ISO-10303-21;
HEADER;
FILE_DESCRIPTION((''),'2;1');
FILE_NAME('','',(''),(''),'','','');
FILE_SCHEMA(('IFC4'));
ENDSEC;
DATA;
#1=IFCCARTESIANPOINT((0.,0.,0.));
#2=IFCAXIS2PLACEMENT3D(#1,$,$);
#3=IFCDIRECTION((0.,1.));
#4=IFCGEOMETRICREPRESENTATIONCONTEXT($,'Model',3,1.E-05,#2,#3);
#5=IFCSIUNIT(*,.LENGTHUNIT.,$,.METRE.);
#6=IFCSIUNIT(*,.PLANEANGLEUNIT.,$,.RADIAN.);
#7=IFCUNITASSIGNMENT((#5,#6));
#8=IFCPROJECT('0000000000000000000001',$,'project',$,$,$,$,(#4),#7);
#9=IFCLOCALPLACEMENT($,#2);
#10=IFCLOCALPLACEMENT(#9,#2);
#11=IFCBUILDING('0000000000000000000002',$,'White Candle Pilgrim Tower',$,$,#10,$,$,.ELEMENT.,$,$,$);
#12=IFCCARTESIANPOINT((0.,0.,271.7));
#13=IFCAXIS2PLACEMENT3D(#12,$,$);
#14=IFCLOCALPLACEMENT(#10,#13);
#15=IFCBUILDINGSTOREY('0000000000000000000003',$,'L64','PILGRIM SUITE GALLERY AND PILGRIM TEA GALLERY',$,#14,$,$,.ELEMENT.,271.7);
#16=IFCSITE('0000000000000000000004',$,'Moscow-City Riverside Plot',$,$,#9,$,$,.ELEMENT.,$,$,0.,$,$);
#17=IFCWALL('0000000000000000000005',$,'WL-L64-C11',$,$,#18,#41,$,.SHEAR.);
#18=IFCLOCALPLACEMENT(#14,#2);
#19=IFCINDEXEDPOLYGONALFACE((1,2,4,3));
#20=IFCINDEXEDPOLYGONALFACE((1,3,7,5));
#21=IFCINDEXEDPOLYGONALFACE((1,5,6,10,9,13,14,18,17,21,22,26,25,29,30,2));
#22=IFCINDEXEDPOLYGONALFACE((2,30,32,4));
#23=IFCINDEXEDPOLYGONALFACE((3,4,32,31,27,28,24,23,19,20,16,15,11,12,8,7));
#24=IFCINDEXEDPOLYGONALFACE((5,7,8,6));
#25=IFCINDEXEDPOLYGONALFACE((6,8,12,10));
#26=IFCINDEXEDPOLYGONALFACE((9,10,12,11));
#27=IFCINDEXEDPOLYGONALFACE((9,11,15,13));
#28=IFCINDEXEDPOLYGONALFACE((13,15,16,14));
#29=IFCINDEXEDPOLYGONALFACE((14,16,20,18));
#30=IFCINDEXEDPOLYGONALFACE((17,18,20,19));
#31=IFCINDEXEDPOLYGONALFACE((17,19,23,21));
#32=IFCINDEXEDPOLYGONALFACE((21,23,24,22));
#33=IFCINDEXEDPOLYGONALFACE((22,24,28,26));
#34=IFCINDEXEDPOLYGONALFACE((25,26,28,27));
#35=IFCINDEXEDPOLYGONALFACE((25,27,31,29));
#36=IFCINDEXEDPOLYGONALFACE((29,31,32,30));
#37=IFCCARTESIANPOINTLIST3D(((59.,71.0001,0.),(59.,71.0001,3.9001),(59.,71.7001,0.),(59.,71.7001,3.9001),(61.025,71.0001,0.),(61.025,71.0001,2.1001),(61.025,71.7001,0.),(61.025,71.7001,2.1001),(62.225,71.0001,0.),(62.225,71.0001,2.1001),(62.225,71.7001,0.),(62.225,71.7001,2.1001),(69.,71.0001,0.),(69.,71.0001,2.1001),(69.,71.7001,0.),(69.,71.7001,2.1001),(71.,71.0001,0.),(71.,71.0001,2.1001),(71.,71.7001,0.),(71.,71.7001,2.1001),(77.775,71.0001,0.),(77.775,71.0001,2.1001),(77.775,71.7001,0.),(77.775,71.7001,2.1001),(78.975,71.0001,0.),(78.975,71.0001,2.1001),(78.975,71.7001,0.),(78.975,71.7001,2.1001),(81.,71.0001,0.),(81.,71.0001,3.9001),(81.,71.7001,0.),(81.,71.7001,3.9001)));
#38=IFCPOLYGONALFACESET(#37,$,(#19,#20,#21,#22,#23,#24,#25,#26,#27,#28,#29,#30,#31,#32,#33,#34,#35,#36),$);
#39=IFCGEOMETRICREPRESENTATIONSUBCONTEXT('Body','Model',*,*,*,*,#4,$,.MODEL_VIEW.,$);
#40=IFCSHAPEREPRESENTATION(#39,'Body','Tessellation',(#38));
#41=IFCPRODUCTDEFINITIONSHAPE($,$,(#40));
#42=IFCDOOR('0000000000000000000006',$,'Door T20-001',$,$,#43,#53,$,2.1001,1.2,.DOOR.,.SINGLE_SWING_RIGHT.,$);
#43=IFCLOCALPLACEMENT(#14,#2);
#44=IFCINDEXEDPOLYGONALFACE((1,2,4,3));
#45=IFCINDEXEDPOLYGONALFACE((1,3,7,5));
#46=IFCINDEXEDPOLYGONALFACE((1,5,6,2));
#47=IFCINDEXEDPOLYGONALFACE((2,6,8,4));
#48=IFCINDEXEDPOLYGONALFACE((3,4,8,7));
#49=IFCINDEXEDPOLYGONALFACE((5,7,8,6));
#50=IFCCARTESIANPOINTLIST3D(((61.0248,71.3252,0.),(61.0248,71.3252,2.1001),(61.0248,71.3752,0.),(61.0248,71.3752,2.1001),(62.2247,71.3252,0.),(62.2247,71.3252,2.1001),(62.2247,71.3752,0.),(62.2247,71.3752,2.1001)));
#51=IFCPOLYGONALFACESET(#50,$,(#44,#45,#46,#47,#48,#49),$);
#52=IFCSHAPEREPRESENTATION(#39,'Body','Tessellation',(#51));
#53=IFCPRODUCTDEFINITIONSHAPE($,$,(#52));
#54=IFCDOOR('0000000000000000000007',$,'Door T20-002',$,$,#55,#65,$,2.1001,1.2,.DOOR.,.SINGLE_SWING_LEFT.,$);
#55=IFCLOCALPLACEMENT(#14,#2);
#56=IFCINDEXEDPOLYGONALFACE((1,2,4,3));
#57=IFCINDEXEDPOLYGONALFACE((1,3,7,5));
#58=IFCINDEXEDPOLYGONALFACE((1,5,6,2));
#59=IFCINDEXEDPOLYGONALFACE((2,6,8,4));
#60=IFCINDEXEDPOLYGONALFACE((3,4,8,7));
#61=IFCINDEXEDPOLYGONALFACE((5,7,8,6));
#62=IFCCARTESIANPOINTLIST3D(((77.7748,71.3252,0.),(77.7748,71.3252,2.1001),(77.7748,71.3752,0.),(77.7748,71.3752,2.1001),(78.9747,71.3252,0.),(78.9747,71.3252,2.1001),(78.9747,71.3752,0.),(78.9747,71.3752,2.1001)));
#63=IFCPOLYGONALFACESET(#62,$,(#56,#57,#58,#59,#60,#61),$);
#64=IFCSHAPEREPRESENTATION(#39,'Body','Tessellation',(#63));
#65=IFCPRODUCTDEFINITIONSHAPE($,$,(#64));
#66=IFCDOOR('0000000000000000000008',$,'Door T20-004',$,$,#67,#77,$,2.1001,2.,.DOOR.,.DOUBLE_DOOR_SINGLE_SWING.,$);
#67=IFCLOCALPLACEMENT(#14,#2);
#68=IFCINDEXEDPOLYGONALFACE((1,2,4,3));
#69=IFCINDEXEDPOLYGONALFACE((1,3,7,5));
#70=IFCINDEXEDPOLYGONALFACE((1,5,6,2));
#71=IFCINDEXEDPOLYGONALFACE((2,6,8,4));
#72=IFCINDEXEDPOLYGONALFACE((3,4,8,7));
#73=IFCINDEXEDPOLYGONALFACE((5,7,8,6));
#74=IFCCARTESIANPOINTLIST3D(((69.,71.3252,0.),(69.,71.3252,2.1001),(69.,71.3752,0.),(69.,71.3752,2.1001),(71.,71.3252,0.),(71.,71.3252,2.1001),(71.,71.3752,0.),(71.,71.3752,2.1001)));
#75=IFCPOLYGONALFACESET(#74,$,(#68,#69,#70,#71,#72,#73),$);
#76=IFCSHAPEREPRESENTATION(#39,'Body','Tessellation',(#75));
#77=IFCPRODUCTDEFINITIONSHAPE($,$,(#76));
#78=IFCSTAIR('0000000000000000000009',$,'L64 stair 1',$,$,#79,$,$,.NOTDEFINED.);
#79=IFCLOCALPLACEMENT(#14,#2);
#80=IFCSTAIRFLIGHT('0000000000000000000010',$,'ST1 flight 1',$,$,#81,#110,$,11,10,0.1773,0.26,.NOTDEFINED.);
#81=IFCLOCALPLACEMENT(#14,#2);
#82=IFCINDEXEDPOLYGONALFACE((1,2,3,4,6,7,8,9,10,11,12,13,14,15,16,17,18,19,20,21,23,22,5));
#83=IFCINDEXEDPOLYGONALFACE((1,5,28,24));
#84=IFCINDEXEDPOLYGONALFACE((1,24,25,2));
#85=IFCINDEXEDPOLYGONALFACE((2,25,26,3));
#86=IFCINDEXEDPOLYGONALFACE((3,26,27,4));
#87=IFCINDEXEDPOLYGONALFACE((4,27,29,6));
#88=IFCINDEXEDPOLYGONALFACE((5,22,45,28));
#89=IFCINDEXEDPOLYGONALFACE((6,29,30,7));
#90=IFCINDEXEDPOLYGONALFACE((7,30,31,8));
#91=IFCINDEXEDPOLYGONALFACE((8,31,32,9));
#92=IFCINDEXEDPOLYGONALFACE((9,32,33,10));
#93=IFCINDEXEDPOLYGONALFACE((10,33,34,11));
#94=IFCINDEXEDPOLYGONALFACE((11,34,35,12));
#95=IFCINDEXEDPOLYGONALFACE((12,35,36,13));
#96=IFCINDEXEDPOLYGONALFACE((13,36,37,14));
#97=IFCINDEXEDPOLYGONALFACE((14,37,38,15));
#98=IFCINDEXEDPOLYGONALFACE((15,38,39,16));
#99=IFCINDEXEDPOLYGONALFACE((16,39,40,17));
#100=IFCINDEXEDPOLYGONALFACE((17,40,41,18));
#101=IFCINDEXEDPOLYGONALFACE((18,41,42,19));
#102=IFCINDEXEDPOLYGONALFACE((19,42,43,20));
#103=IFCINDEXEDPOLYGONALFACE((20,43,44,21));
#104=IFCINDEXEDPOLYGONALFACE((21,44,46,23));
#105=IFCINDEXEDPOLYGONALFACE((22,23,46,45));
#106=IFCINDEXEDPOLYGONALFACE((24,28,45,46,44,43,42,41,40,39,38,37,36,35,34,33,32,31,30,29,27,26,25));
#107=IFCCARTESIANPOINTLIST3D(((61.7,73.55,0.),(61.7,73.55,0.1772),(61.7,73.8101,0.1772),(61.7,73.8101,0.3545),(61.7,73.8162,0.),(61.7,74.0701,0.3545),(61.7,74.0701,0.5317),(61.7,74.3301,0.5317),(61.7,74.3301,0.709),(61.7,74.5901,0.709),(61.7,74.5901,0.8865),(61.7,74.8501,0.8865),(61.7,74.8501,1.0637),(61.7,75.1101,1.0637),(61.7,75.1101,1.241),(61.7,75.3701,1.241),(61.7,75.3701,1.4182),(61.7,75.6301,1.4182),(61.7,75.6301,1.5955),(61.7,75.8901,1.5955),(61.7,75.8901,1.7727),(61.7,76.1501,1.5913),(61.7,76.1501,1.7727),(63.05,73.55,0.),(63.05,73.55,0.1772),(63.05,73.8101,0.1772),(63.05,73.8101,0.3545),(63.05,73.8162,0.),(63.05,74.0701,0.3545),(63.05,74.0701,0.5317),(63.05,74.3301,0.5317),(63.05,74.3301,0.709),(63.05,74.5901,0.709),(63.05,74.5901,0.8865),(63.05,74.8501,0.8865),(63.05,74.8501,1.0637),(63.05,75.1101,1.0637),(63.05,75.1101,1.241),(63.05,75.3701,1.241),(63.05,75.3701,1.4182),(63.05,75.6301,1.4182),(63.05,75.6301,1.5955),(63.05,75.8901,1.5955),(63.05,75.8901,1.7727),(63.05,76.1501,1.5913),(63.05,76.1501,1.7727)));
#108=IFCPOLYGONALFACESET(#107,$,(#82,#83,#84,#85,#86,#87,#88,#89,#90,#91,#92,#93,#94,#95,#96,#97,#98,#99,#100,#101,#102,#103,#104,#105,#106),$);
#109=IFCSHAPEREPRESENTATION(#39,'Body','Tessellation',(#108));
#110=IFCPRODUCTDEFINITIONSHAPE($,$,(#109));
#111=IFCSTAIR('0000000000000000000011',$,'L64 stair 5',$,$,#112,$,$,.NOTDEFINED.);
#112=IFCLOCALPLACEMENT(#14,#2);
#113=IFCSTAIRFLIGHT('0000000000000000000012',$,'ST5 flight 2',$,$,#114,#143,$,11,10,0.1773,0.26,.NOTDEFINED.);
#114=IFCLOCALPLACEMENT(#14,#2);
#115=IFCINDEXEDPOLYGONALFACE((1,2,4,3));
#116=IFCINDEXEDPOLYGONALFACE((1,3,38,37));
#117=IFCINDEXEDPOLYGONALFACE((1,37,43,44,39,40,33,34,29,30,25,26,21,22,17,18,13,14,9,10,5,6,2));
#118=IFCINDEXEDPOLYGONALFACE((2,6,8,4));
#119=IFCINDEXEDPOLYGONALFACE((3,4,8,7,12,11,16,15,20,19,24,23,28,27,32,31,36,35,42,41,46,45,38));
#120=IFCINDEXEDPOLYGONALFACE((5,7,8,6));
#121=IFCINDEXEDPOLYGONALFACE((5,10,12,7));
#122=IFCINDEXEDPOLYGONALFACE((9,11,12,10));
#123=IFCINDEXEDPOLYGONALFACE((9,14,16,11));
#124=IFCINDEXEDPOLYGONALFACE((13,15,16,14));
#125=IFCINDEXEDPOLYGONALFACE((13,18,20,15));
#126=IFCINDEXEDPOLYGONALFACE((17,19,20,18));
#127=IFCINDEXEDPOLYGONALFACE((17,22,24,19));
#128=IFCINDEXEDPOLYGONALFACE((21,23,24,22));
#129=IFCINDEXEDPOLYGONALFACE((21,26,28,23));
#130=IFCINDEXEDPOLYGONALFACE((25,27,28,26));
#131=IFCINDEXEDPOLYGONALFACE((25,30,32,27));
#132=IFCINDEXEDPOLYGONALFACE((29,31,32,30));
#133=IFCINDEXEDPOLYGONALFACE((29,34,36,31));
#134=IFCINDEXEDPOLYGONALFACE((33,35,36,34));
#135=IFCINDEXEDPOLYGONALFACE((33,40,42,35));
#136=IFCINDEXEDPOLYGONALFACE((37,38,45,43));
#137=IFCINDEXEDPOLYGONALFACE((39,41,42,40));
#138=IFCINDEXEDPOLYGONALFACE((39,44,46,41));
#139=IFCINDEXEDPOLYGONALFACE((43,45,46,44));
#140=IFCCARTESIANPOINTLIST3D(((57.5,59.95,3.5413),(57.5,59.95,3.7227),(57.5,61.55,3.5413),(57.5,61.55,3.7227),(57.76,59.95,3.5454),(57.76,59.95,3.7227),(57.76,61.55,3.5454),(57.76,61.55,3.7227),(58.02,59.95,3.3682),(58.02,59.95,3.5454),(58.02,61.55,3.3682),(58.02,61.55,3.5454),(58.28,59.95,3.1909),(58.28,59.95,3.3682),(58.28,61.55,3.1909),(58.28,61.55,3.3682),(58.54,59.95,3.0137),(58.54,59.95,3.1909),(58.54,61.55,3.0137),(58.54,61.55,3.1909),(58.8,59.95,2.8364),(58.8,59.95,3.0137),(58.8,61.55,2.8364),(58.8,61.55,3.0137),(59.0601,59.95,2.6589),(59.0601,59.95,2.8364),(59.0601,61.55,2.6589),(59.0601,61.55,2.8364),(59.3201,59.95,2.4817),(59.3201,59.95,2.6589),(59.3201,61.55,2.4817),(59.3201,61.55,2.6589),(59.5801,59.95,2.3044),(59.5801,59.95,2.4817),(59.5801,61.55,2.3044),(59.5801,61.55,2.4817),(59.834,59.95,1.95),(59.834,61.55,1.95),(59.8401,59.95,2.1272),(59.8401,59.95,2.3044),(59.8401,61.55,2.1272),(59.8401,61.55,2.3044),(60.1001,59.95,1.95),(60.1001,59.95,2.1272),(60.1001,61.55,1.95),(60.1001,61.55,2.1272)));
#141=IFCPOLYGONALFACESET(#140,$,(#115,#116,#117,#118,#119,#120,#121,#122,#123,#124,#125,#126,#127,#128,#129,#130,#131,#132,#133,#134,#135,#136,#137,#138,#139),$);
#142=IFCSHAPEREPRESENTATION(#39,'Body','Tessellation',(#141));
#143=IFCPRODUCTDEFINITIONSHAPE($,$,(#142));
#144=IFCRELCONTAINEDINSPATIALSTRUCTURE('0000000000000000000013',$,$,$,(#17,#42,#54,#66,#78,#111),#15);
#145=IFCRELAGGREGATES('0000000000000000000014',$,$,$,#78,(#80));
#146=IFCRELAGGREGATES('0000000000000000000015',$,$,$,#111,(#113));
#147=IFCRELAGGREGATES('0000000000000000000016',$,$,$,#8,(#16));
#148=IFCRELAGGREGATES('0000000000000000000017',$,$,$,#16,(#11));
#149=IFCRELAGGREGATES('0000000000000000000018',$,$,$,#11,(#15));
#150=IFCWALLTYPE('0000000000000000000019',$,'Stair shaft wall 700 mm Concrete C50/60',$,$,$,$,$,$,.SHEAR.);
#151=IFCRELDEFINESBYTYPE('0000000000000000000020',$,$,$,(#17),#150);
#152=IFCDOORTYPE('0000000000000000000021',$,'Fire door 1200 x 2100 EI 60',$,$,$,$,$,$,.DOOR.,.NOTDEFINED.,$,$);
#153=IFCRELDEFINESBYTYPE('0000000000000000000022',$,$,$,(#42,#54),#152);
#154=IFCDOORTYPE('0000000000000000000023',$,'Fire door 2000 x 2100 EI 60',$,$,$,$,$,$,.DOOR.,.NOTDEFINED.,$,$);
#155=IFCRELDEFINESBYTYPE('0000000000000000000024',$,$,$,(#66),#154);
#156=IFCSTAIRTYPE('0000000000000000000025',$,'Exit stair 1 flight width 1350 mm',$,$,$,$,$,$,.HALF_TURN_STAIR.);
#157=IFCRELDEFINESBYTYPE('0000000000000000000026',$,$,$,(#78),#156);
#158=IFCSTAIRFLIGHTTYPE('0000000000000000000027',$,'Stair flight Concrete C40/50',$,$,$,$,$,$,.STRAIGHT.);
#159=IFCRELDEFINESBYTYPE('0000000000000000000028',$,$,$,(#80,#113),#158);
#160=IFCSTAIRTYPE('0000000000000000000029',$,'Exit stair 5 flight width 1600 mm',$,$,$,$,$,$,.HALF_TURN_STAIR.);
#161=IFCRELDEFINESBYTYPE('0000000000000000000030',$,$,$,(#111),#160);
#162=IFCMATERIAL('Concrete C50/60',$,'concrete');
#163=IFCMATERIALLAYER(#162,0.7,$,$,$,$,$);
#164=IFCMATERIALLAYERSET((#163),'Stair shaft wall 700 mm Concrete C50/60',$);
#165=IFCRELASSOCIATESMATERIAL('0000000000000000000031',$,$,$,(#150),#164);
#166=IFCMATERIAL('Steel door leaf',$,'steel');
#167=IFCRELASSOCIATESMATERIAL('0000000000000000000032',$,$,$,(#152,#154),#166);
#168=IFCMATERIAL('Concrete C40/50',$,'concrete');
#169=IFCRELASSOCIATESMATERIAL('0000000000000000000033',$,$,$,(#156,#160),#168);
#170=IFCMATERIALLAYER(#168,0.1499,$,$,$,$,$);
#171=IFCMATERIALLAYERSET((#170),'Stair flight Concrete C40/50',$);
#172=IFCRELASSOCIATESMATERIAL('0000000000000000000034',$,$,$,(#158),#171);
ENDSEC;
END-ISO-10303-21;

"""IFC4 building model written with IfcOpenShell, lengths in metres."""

from ifc_helpers import new_model, si_unit, direction, frame, frame_2d, origin, place, context, subcontext, project, spatial, polyline, rectangle, outline, extrude, material, layer, layer_set, type_object, element, fill, aggregate, save


model = new_model("IFC4")

# Units and contexts
model_context = context("Model", 3, precision=1e-05, world=origin(), true_north=direction((0.0, 1.0)))
body_context = subcontext(model_context, "Body", "Model", "MODEL_VIEW")
ifc_project = project(units=[si_unit("LENGTHUNIT", "METRE"), si_unit("PLANEANGLEUNIT", "RADIAN")], contexts=[model_context])

# Site, building, storey
site_placement = place(None, origin())
site = spatial("IfcSite", under=ifc_project, at=site_placement, Name="Moscow-City Riverside Plot", CompositionType="ELEMENT", RefElevation=0.0)
building_placement = place(site_placement, origin())
building = spatial("IfcBuilding", under=site, at=building_placement, Name="White Candle Pilgrim Tower", CompositionType="ELEMENT")
storey_placement = place(building_placement, frame((0.0, 0.0, 271.7)))
storey = spatial("IfcBuildingStorey", under=building, at=storey_placement, Name="L64", Description="PILGRIM SUITE GALLERY AND PILGRIM TEA GALLERY", CompositionType="ELEMENT", Elevation=271.7)

# Shared definitions
ifc_material_1 = material(Name="Steel door leaf", Category="steel")

# Shared definitions
ifc_material_2 = material(Name="Concrete C50/60", Category="concrete")

# Wall, openings, doors
ifc_layer_1 = layer(ifc_material_2, 0.7)
ifc_layer_set_1 = layer_set([ifc_layer_1], Name="Stair shaft wall 700 mm Concrete C50/60")
wall_type_1 = type_object("IfcWallType", Name="Stair shaft wall 700 mm Concrete C50/60", PredefinedType="SHEAR", material=ifc_layer_set_1)
wall_1_placement = place(storey_placement, frame((59.0, 71.3501, 0.0), z_axis=(0.0, 0.0, 1.0), x_axis=(1.0, 0.0, 0.0)))
wall_1 = element("IfcWall", 1, at=wall_1_placement, inside=storey, type_object=wall_type_1, Name="WL-L64-C11", PredefinedType="SHEAR", context=body_context, shape_type="SweptSolid", body=[
    extrude(rectangle(XDim=22.0, YDim=0.7, at=frame_2d((11.0, 0.0))), origin(), (0.0, 0.0, 1.0), 3.9001),
])
opening_1_placement = place(wall_1_placement, frame((2.0249, 0.0, 0.0)))
opening_1 = element("IfcOpeningElement", 2, at=opening_1_placement, cuts=wall_1, PredefinedType="OPENING", context=body_context, shape_type="SweptSolid", body=[
    extrude(rectangle(XDim=1.2, YDim=2.1001, at=frame_2d((0.6001, 1.05))), frame((0.0, 0.3599, 0.0), z_axis=(0.0, -1.0, 0.0), x_axis=(1.0, 0.0, 0.0)), (0.0, 0.0, 1.0), 0.72),
])
opening_2_placement = place(wall_1_placement, frame((18.7749, 0.0, 0.0)))
opening_2 = element("IfcOpeningElement", 3, at=opening_2_placement, cuts=wall_1, PredefinedType="OPENING", context=body_context, shape_type="SweptSolid", body=[
    extrude(rectangle(XDim=1.2, YDim=2.1001, at=frame_2d((0.6001, 1.05))), frame((0.0, 0.3599, 0.0), z_axis=(0.0, -1.0, 0.0), x_axis=(1.0, 0.0, 0.0)), (0.0, 0.0, 1.0), 0.72),
])
opening_3_placement = place(wall_1_placement, frame((10.0, 0.0, 0.0)))
opening_3 = element("IfcOpeningElement", 4, at=opening_3_placement, cuts=wall_1, PredefinedType="OPENING", context=body_context, shape_type="SweptSolid", body=[
    extrude(rectangle(XDim=2.0, YDim=2.1001, at=frame_2d((1.0, 1.05))), frame((0.0, 0.3599, 0.0), z_axis=(0.0, -1.0, 0.0), x_axis=(1.0, 0.0, 0.0)), (0.0, 0.0, 1.0), 0.72),
])
door_type_1 = type_object("IfcDoorType", Name="Fire door 1200 x 2100 EI 60", OperationType="NOTDEFINED", PredefinedType="DOOR", material=ifc_material_1)
door_1_placement = place(opening_1_placement, frame((1.2, 0.0, 0.0), z_axis=(0.0, 0.0, 1.0), x_axis=(-1.0, 0.0, 0.0)))
door_1 = element("IfcDoor", 5, at=door_1_placement, inside=storey, type_object=door_type_1, Name="Door T20-001", OperationType="SINGLE_SWING_RIGHT", OverallHeight=2.1001, OverallWidth=1.2, PredefinedType="DOOR", context=body_context, shape_type="SweptSolid", body=[
    extrude(rectangle(XDim=1.2, YDim=2.1001, at=frame_2d((0.6001, 1.05))), frame((0.0, 0.0249, 0.0), z_axis=(0.0, -1.0, 0.0), x_axis=(1.0, 0.0, 0.0)), (0.0, 0.0, 1.0), 0.05),
])
fill(opening_1, door_1)
door_2_placement = place(opening_2_placement, frame((1.2, 0.0, 0.0), z_axis=(0.0, 0.0, 1.0), x_axis=(-1.0, 0.0, 0.0)))
door_2 = element("IfcDoor", 6, at=door_2_placement, inside=storey, type_object=door_type_1, Name="Door T20-002", OperationType="SINGLE_SWING_LEFT", OverallHeight=2.1001, OverallWidth=1.2, PredefinedType="DOOR", context=body_context, shape_type="SweptSolid", body=[
    extrude(rectangle(XDim=1.2, YDim=2.1001, at=frame_2d((0.6001, 1.05))), frame((0.0, 0.0249, 0.0), z_axis=(0.0, -1.0, 0.0), x_axis=(1.0, 0.0, 0.0)), (0.0, 0.0, 1.0), 0.05),
])
fill(opening_2, door_2)
door_type_2 = type_object("IfcDoorType", Name="Fire door 2000 x 2100 EI 60", OperationType="NOTDEFINED", PredefinedType="DOOR", material=ifc_material_1)
door_3_placement = place(opening_3_placement, frame((2.0, 0.0, 0.0), z_axis=(0.0, 0.0, 1.0), x_axis=(-1.0, 0.0, 0.0)))
door_3 = element("IfcDoor", 7, at=door_3_placement, inside=storey, type_object=door_type_2, Name="Door T20-004", OperationType="DOUBLE_DOOR_SINGLE_SWING", OverallHeight=2.1001, OverallWidth=2.0, PredefinedType="DOOR", context=body_context, shape_type="SweptSolid", body=[
    extrude(rectangle(XDim=2.0, YDim=2.1001, at=frame_2d((1.0, 1.05))), frame((0.0, 0.0249, 0.0), z_axis=(0.0, -1.0, 0.0), x_axis=(1.0, 0.0, 0.0)), (0.0, 0.0, 1.0), 0.05),
])
fill(opening_3, door_3)

# Stairs, stair flights
ifc_material_3 = material(Name="Concrete C40/50", Category="concrete")
stair_type_1 = type_object("IfcStairType", Name="Exit stair 1 flight width 1350 mm", PredefinedType="HALF_TURN_STAIR", material=ifc_material_3)
stair_1_placement = place(storey_placement, origin())
stair_1 = element("IfcStair", 8, at=stair_1_placement, inside=storey, type_object=stair_type_1, Name="L64 stair 1", PredefinedType="NOTDEFINED")
ifc_layer_2 = layer(ifc_material_3, 0.1499)
ifc_layer_set_2 = layer_set([ifc_layer_2], Name="Stair flight Concrete C40/50")
stair_flight_type = type_object("IfcStairFlightType", Name="Stair flight Concrete C40/50", PredefinedType="STRAIGHT", material=ifc_layer_set_2)
stair_flight_1_placement = place(storey_placement, frame((62.375, 73.55, 0.0), z_axis=(0.0, 0.0, 1.0), x_axis=(0.0, 1.0, 0.0)))
stair_flight_1 = element("IfcStairFlight", 9, at=stair_flight_1_placement, type_object=stair_flight_type, Name="ST1 flight 1", NumberOfRisers=11, NumberOfTreads=10, PredefinedType="NOTDEFINED", RiserHeight=0.1773, TreadLength=0.26, context=body_context, shape_type="SweptSolid", body=[
    extrude(outline(polyline([(0.0, 0.0), (0.0, 0.1772), (0.26, 0.1772), (0.26, 0.3545), (0.52, 0.3545), (0.52, 0.5317), (0.78, 0.5317), (0.78, 0.709), (1.04, 0.709), (1.04, 0.8865), (1.3, 0.8865), (1.3, 1.0637), (1.5601, 1.0637), (1.5601, 1.241), (1.8201, 1.241), (1.8201, 1.4182), (2.0801, 1.4182), (2.0801, 1.5955), (2.3401, 1.5955), (2.3401, 1.7727), (2.6001, 1.7727), (2.6001, 1.95), (2.6001, 1.5913), (0.2661, 0.0), (0.0, 0.0)])), frame((0.0, 0.675, 0.0), z_axis=(0.0, -1.0, 0.0), x_axis=(1.0, 0.0, 0.0)), (0.0, 0.0, 1.0), 1.3501),
])
aggregate(stair_1, [stair_flight_1])
stair_type_2 = type_object("IfcStairType", Name="Exit stair 5 flight width 1600 mm", PredefinedType="HALF_TURN_STAIR", material=ifc_material_3)
stair_2_placement = place(storey_placement, origin())
stair_2 = element("IfcStair", 10, at=stair_2_placement, inside=storey, type_object=stair_type_2, Name="L64 stair 5", PredefinedType="NOTDEFINED")
stair_flight_2_placement = place(storey_placement, frame((60.1001, 60.75, 1.95), z_axis=(0.0, 0.0, 1.0), x_axis=(-1.0, 0.0, 0.0)))
stair_flight_2 = element("IfcStairFlight", 11, at=stair_flight_2_placement, type_object=stair_flight_type, Name="ST5 flight 2", NumberOfRisers=11, NumberOfTreads=10, PredefinedType="NOTDEFINED", RiserHeight=0.1773, TreadLength=0.26, context=body_context, shape_type="SweptSolid", body=[
    extrude(outline(polyline([(0.0, 0.0), (0.0, 0.1772), (0.26, 0.1772), (0.26, 0.3545), (0.52, 0.3545), (0.52, 0.5317), (0.78, 0.5317), (0.78, 0.709), (1.04, 0.709), (1.04, 0.8865), (1.3, 0.8865), (1.3, 1.0637), (1.5601, 1.0637), (1.5601, 1.241), (1.8201, 1.241), (1.8201, 1.4182), (2.0801, 1.4182), (2.0801, 1.5955), (2.3401, 1.5955), (2.3401, 1.7727), (2.6001, 1.7727), (2.6001, 1.95), (2.6001, 1.5913), (0.2661, 0.0), (0.0, 0.0)])), frame((0.0, 0.8, 0.0), z_axis=(0.0, -1.0, 0.0), x_axis=(1.0, 0.0, 0.0)), (0.0, 0.0, 1.0), 1.6001),
])
aggregate(stair_2, [stair_flight_2])

save(model, "model.ifc")
